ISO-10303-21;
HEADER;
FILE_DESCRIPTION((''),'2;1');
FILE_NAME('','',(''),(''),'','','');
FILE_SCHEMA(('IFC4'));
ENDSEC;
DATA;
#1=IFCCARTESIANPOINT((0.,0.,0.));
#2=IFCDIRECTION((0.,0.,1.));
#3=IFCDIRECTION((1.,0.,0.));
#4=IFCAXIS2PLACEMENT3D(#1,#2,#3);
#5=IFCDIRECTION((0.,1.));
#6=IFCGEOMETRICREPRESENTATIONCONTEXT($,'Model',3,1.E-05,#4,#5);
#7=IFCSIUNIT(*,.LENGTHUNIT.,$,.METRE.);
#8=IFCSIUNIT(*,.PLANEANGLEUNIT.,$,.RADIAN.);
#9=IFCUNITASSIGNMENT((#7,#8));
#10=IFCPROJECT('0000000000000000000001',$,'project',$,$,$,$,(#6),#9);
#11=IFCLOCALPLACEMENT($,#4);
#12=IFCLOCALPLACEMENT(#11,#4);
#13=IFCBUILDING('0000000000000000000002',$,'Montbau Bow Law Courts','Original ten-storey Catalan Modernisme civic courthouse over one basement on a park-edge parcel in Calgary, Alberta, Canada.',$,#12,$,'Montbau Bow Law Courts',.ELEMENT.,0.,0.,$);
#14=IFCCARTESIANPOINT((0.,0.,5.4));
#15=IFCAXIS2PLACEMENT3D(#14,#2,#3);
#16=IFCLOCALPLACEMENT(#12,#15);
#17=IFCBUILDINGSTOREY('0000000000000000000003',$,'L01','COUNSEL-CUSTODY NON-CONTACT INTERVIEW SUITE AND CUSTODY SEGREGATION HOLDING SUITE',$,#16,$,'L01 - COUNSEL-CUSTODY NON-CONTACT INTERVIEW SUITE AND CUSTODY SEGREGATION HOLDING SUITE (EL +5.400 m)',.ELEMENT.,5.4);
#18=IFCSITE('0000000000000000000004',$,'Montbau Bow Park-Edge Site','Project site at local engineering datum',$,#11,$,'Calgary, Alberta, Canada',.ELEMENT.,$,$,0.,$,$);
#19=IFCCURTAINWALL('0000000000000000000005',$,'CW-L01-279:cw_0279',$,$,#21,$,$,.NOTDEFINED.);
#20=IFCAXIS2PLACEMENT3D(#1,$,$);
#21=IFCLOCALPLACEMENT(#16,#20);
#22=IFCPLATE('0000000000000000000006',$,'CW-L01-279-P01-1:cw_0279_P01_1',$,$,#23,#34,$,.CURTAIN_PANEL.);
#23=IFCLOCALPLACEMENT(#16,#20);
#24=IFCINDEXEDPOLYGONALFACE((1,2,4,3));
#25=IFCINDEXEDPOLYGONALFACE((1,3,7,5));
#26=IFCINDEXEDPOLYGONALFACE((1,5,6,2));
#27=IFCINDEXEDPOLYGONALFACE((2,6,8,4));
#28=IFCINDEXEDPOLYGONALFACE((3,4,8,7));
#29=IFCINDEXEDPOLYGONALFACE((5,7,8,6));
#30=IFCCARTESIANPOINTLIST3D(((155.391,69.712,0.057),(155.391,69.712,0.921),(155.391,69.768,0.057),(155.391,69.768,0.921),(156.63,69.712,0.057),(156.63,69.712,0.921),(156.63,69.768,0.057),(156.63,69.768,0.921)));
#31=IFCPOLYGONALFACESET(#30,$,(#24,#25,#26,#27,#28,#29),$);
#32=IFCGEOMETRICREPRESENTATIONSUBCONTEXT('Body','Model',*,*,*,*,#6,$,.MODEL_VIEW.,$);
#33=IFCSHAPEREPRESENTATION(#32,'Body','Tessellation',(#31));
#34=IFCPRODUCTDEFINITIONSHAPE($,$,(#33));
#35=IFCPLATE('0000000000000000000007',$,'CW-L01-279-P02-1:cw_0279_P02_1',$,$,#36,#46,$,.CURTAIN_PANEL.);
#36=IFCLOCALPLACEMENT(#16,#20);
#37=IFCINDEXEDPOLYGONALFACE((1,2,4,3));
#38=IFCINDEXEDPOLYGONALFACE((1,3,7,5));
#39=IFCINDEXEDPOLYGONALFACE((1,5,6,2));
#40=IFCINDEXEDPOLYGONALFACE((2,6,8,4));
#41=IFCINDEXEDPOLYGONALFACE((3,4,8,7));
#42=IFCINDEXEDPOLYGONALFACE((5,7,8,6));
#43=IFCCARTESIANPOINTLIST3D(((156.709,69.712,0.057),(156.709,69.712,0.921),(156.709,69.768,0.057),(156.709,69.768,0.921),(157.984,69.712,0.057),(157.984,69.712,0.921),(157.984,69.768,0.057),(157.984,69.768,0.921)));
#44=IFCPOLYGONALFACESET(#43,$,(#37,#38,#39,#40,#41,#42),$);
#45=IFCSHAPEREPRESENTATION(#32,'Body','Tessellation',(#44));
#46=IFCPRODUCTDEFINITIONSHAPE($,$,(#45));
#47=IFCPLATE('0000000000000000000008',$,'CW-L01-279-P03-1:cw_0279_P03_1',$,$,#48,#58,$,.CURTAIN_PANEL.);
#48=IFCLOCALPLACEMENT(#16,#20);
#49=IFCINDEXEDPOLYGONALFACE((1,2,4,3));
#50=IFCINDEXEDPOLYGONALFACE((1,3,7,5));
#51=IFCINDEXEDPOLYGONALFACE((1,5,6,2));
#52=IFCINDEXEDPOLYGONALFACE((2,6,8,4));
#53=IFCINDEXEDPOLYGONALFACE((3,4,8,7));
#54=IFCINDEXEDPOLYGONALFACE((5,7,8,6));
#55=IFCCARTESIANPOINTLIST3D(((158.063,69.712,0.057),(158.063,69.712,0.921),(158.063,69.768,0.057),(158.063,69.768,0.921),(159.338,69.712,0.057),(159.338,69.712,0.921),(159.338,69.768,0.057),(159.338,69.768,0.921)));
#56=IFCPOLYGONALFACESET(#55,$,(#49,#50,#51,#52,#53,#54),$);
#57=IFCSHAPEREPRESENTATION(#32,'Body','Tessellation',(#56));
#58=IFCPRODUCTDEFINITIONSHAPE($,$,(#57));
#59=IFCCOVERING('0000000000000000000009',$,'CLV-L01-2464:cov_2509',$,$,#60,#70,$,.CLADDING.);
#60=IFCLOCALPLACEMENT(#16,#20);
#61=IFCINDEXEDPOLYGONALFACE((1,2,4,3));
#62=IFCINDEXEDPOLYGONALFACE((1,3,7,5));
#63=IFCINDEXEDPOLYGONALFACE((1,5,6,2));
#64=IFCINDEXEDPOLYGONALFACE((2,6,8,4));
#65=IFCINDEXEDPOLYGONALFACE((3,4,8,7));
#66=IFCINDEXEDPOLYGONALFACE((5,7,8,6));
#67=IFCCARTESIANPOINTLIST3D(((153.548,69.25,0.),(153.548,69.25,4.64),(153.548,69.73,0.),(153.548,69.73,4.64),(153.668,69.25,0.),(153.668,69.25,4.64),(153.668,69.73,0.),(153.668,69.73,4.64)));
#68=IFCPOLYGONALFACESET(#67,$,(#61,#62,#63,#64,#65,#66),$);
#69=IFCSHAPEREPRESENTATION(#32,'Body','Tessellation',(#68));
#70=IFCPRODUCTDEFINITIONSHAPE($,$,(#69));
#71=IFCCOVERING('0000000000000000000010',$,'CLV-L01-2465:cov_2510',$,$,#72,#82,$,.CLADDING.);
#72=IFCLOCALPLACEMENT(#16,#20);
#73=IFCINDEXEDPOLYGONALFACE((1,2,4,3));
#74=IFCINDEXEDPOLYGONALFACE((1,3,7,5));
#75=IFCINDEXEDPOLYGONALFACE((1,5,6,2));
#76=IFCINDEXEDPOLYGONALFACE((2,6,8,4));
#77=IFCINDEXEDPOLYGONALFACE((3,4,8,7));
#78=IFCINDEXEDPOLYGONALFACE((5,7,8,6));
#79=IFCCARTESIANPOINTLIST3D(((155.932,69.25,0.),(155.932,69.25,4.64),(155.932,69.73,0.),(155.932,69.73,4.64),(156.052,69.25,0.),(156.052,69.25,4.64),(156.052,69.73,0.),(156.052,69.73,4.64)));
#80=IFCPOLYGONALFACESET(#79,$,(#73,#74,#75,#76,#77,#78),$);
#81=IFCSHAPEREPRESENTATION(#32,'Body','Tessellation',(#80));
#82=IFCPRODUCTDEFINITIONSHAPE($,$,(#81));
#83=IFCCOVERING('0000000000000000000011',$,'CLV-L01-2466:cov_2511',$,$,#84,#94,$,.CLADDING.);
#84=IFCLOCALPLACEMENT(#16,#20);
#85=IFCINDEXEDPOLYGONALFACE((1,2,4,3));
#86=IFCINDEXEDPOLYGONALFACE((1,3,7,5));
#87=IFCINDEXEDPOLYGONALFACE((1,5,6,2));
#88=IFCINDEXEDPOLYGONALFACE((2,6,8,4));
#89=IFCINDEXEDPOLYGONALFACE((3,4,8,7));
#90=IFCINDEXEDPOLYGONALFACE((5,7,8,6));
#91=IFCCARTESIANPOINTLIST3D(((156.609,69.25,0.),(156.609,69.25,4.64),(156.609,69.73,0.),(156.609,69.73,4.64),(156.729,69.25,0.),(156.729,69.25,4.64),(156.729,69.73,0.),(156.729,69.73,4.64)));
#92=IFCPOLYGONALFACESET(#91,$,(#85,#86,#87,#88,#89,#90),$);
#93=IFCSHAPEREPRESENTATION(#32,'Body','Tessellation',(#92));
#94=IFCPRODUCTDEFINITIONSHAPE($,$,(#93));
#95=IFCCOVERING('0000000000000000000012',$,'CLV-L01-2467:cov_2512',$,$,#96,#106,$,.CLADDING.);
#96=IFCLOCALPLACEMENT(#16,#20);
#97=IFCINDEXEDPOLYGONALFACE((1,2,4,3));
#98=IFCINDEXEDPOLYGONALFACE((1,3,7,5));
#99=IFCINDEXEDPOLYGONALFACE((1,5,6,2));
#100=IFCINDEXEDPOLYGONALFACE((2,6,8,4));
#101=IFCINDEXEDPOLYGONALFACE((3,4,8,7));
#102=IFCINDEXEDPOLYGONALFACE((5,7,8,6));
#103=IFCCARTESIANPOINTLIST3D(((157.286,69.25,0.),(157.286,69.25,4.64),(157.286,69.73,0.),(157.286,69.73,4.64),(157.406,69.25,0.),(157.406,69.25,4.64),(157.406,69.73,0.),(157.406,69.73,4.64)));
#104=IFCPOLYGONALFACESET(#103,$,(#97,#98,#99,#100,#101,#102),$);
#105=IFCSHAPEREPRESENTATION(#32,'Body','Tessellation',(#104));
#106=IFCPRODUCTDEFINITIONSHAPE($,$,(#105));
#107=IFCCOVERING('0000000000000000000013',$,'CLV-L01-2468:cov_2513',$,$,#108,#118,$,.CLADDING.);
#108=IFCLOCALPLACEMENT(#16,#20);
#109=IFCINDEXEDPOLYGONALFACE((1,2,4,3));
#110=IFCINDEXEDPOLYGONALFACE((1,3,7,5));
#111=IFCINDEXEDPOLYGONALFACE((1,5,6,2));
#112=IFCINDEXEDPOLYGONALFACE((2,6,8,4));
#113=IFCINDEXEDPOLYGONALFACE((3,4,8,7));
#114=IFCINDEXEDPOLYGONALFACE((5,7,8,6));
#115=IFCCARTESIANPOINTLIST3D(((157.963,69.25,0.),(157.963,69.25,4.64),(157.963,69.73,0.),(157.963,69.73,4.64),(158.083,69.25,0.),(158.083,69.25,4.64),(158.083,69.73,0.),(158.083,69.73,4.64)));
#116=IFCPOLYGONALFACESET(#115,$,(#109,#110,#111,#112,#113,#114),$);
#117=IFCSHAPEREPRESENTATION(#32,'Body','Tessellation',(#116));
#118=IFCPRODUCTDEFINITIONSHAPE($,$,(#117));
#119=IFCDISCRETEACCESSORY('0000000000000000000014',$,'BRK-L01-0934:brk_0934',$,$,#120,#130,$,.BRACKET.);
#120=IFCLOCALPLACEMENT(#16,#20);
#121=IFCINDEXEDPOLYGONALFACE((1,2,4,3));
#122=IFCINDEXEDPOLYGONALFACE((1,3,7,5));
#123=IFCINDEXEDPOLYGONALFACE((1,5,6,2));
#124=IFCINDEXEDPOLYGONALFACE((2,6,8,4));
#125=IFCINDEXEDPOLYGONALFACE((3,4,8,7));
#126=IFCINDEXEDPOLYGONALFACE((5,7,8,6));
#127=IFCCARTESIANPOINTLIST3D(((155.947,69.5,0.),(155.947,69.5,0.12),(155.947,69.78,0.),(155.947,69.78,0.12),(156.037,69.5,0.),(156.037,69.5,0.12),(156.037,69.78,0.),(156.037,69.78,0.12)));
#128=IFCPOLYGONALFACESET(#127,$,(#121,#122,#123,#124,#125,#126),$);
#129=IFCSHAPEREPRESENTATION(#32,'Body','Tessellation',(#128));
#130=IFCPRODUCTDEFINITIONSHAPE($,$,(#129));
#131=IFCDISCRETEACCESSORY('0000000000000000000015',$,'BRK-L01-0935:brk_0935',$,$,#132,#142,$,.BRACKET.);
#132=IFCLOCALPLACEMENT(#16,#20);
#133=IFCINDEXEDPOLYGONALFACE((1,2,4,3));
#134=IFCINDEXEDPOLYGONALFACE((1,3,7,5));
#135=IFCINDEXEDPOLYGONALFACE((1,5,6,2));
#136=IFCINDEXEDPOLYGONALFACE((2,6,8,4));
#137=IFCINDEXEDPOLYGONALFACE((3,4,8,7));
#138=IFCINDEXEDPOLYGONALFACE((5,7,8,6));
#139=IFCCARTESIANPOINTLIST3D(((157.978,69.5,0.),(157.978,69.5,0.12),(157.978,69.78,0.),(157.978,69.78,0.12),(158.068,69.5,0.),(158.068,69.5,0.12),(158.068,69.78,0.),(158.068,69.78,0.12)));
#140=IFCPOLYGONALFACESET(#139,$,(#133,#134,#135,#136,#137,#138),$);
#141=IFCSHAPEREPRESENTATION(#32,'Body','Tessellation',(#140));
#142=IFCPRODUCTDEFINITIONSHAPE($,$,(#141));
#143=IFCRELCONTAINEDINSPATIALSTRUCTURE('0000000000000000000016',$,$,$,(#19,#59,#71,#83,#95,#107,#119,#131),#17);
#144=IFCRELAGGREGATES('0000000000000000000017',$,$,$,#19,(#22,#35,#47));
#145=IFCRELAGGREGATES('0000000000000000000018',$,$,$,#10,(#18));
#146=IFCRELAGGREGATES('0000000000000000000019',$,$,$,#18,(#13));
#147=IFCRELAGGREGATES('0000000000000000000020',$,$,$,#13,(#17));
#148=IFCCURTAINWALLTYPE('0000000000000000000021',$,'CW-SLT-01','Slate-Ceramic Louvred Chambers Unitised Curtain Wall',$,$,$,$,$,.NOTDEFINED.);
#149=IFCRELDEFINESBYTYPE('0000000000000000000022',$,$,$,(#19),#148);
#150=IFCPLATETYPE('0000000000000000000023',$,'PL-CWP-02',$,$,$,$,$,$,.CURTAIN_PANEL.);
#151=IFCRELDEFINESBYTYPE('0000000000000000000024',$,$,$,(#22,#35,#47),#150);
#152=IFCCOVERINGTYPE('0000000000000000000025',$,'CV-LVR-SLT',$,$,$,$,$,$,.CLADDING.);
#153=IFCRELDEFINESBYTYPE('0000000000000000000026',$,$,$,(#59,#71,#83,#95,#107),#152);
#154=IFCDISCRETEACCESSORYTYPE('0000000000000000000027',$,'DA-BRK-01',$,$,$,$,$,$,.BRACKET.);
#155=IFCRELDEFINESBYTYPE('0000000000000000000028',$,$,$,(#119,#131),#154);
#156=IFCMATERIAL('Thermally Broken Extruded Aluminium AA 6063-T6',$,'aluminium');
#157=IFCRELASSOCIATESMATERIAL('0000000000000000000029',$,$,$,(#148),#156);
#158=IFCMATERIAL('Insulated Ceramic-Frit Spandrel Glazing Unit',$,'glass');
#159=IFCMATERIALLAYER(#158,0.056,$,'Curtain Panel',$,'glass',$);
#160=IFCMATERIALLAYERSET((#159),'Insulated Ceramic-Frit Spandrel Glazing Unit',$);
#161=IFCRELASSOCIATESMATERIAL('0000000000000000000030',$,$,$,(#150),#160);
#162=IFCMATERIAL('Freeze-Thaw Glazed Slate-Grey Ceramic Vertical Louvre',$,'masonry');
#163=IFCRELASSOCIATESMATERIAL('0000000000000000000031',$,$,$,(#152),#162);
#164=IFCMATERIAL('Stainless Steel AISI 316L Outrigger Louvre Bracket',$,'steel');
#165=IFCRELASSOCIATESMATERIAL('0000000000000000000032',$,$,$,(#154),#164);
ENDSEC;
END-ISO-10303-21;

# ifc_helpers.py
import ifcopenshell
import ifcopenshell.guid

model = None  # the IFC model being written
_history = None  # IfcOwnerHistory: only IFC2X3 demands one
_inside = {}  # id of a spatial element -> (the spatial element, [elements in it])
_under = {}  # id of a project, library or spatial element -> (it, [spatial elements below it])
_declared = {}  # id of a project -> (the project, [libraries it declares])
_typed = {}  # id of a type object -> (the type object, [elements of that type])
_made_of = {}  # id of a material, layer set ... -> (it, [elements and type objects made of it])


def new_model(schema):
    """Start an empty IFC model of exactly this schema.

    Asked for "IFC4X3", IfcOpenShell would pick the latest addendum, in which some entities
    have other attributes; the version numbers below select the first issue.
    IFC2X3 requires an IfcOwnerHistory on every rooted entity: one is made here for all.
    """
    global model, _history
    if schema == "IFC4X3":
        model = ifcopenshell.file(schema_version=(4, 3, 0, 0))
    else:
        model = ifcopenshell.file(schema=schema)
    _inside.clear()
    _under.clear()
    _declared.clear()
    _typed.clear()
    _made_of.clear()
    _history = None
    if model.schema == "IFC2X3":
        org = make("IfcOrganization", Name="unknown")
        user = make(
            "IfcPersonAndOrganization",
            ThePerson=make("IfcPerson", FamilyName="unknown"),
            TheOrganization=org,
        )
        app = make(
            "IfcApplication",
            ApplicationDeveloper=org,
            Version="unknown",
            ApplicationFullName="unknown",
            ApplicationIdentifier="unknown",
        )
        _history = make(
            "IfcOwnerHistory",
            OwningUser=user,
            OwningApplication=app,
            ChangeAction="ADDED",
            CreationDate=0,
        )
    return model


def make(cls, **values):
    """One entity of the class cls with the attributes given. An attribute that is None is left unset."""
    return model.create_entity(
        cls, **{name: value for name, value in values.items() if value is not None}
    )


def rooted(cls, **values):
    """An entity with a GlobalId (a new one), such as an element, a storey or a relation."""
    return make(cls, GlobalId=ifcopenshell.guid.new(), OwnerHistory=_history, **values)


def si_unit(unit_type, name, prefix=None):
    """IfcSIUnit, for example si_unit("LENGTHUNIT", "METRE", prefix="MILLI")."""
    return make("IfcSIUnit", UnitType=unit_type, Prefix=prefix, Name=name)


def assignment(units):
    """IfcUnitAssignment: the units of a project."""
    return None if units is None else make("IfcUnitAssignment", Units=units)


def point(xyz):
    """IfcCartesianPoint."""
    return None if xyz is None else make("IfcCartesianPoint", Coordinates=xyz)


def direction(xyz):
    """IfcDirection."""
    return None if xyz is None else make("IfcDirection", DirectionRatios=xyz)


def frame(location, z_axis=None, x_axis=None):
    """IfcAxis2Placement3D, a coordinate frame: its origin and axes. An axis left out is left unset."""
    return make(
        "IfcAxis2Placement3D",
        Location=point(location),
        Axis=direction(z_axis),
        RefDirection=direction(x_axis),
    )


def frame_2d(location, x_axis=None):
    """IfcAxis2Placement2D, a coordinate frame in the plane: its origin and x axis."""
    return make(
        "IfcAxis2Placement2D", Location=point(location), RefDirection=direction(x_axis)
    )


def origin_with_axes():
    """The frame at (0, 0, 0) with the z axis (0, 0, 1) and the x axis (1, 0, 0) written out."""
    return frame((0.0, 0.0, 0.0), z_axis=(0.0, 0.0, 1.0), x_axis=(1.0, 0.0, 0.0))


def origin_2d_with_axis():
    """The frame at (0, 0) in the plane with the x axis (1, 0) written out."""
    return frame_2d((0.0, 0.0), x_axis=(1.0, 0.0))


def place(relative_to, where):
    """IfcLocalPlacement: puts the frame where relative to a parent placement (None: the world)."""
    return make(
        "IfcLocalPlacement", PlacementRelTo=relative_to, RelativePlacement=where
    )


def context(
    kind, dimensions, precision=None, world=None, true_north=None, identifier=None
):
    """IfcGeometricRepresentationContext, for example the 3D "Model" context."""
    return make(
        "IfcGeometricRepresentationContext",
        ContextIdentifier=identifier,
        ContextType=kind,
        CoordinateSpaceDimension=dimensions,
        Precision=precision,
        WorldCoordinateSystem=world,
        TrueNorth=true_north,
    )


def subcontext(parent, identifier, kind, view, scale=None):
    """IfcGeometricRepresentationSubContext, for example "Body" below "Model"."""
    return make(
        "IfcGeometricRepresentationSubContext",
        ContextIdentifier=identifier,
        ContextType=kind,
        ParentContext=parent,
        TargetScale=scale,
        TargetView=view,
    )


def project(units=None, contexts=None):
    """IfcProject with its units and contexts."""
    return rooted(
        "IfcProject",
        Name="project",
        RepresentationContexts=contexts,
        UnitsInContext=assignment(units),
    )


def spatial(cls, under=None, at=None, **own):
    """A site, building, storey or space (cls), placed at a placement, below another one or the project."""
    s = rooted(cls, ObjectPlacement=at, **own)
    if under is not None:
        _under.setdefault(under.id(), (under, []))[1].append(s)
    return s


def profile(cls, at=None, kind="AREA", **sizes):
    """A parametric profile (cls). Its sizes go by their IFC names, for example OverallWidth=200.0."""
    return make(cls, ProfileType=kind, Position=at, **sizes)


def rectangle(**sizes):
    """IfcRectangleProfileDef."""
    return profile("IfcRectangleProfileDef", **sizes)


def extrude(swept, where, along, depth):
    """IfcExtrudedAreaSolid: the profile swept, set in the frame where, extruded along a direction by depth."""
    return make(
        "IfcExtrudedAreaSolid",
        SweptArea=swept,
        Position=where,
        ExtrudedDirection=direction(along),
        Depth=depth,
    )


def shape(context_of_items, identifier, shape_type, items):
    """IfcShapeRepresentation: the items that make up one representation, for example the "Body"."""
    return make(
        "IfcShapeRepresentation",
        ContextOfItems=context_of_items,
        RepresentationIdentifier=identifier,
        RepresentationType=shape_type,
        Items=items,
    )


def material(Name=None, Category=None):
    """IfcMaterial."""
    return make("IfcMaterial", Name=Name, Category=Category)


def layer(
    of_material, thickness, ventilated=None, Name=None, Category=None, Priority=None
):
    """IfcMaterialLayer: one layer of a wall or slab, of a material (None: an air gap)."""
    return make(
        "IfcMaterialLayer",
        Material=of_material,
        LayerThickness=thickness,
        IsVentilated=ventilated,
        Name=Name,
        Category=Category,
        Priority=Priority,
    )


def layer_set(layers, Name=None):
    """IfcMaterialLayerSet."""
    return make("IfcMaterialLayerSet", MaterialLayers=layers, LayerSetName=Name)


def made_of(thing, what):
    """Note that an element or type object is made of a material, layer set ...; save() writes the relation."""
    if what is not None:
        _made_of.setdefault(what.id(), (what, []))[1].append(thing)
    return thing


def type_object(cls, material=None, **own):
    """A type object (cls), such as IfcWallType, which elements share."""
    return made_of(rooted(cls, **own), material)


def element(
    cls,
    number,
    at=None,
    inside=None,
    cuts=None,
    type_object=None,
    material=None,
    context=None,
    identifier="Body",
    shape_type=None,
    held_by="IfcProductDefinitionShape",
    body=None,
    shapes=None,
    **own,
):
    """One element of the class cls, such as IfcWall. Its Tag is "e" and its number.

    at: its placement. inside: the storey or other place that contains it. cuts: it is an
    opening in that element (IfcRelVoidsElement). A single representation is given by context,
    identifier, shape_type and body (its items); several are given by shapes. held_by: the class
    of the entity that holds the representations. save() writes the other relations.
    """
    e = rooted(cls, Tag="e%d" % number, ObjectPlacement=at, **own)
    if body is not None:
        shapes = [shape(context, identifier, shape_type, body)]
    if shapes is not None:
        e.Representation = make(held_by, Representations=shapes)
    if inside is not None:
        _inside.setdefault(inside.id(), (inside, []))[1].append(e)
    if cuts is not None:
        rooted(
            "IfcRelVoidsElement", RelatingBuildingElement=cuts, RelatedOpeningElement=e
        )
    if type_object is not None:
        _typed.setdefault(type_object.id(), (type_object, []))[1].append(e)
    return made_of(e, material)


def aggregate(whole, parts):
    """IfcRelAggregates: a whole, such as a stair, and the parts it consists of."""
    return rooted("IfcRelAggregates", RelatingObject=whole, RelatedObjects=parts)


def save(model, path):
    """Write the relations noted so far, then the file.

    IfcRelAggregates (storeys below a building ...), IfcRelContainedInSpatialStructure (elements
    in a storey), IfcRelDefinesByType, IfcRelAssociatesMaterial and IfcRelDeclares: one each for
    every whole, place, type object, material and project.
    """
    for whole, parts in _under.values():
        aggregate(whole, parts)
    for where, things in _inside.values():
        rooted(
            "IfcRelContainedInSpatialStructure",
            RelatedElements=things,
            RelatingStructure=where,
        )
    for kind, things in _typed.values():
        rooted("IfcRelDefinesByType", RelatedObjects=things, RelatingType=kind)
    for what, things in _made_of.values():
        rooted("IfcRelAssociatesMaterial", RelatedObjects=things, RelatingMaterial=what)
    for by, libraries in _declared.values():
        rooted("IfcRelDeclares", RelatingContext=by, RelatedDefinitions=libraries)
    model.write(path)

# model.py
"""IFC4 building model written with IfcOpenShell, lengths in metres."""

from ifc_helpers import new_model, si_unit, direction, frame, frame_2d, origin_with_axes, origin_2d_with_axis, place, context, subcontext, project, spatial, rectangle, extrude, material, layer, layer_set, type_object, element, aggregate, save


model = new_model("IFC4")

# Units and contexts
model_context = context("Model", 3, precision=1e-05, world=origin_with_axes(), true_north=direction((0.0, 1.0)))
body_context = subcontext(model_context, "Body", "Model", "MODEL_VIEW")
ifc_project = project(units=[si_unit("LENGTHUNIT", "METRE"), si_unit("PLANEANGLEUNIT", "RADIAN")], contexts=[model_context])

# Site, building, storey
site_placement = place(None, origin_with_axes())
site = spatial("IfcSite", under=ifc_project, at=site_placement, Name="Montbau Bow Park-Edge Site", Description="Project site at local engineering datum", LongName="Calgary, Alberta, Canada", CompositionType="ELEMENT", RefElevation=0.0)
building_placement = place(site_placement, origin_with_axes())
building = spatial("IfcBuilding", under=site, at=building_placement, Name="Montbau Bow Law Courts", Description="Original ten-storey Catalan Modernisme civic courthouse over one basement on a park-edge parcel in Calgary, Alberta, Canada.", LongName="Montbau Bow Law Courts", CompositionType="ELEMENT", ElevationOfRefHeight=0.0, ElevationOfTerrain=0.0)
storey_placement = place(building_placement, frame((0.0, 0.0, 5.4), z_axis=(0.0, 0.0, 1.0), x_axis=(1.0, 0.0, 0.0)))
storey = spatial("IfcBuildingStorey", under=building, at=storey_placement, Name="L01", Description="COUNSEL-CUSTODY NON-CONTACT INTERVIEW SUITE AND CUSTODY SEGREGATION HOLDING SUITE", LongName="L01 - COUNSEL-CUSTODY NON-CONTACT INTERVIEW SUITE AND CUSTODY SEGREGATION HOLDING SUITE (EL +5.400 m)", CompositionType="ELEMENT", Elevation=5.4)

# Curtain wall
ifc_material_1 = material(Name="Thermally Broken Extruded Aluminium AA 6063-T6", Category="aluminium")
curtain_wall_type = type_object("IfcCurtainWallType", Name="CW-SLT-01", Description="Slate-Ceramic Louvred Chambers Unitised Curtain Wall", PredefinedType="NOTDEFINED", material=ifc_material_1)
curtain_wall_1_placement = place(None, frame((155.315, 69.74, 5.4), z_axis=(0.0, 0.0, 1.0), x_axis=(1.0, 0.0, 0.0)))
curtain_wall_1 = element("IfcCurtainWall", 1, at=curtain_wall_1_placement, inside=storey, type_object=curtain_wall_type, Name="CW-L01-279:cw_0279", PredefinedType="NOTDEFINED")

# Plates
ifc_material_2 = material(Name="Insulated Ceramic-Frit Spandrel Glazing Unit", Category="glass")
ifc_layer_1 = layer(ifc_material_2, 0.056, Name="Curtain Panel", Category="glass")
ifc_layer_set_1 = layer_set([ifc_layer_1], Name="Insulated Ceramic-Frit Spandrel Glazing Unit")
plate_type_1 = type_object("IfcPlateType", Name="PL-CWP-02", PredefinedType="CURTAIN_PANEL", material=ifc_layer_set_1)
plate_1_placement = place(None, frame((155.391, 69.74, 5.457), z_axis=(0.0, -1.0, 0.0), x_axis=(1.0, 0.0, 0.0)))
plate_1 = element("IfcPlate", 2, at=plate_1_placement, type_object=plate_type_1, Name="CW-L01-279-P01-1:cw_0279_P01_1", PredefinedType="CURTAIN_PANEL", context=body_context, shape_type="SweptSolid", body=[
    extrude(rectangle(XDim=1.239, YDim=0.864, at=frame_2d((0.6195, 0.432), x_axis=(1.0, 0.0))), frame((0.0, 0.0, -0.028), z_axis=(0.0, 0.0, 1.0), x_axis=(1.0, 0.0, 0.0)), (0.0, 0.0, 1.0), 0.056),
])
plate_2_placement = place(None, frame((156.709, 69.74, 5.457), z_axis=(0.0, -1.0, 0.0), x_axis=(1.0, 0.0, 0.0)))
plate_2 = element("IfcPlate", 3, at=plate_2_placement, type_object=plate_type_1, Name="CW-L01-279-P02-1:cw_0279_P02_1", PredefinedType="CURTAIN_PANEL", context=body_context, shape_type="SweptSolid", body=[
    extrude(rectangle(XDim=1.275, YDim=0.864, at=frame_2d((0.6375, 0.432), x_axis=(1.0, 0.0))), frame((0.0, 0.0, -0.028), z_axis=(0.0, 0.0, 1.0), x_axis=(1.0, 0.0, 0.0)), (0.0, 0.0, 1.0), 0.056),
])
plate_3_placement = place(None, frame((158.063, 69.74, 5.457), z_axis=(0.0, -1.0, 0.0), x_axis=(1.0, 0.0, 0.0)))
plate_3 = element("IfcPlate", 4, at=plate_3_placement, type_object=plate_type_1, Name="CW-L01-279-P03-1:cw_0279_P03_1", PredefinedType="CURTAIN_PANEL", context=body_context, shape_type="SweptSolid", body=[
    extrude(rectangle(XDim=1.275, YDim=0.864, at=frame_2d((0.6375, 0.432), x_axis=(1.0, 0.0))), frame((0.0, 0.0, -0.028), z_axis=(0.0, 0.0, 1.0), x_axis=(1.0, 0.0, 0.0)), (0.0, 0.0, 1.0), 0.056),
])
aggregate(curtain_wall_1, [plate_1, plate_2, plate_3])

# Coverings
ifc_material_3 = material(Name="Freeze-Thaw Glazed Slate-Grey Ceramic Vertical Louvre", Category="masonry")
covering_type = type_object("IfcCoveringType", Name="CV-LVR-SLT", PredefinedType="CLADDING", material=ifc_material_3)
for number, where, z_axis, x_axis, name in (
    (5, (153.608, 69.73, 5.4), (-1.0, 0.0, 0.0), (0.0, -1.0, 0.0), "CLV-L01-2464:cov_2509"),
    (6, (155.992, 69.73, 5.4), (-1.0, 0.0, 0.0), (0.0, -1.0, 0.0), "CLV-L01-2465:cov_2510"),
    (7, (156.669, 69.73, 5.4), (-1.0, 0.0, 0.0), (0.0, -1.0, 0.0), "CLV-L01-2466:cov_2511"),
    (8, (157.346, 69.73, 5.4), (-1.0, 0.0, 0.0), (0.0, -1.0, 0.0), "CLV-L01-2467:cov_2512"),
    (9, (158.023, 69.73, 5.4), (-1.0, 0.0, 0.0), (0.0, -1.0, 0.0), "CLV-L01-2468:cov_2513"),
):
    element("IfcCovering", number, at=place(None, frame(where, z_axis=z_axis, x_axis=x_axis)), inside=storey, type_object=covering_type, Name=name, PredefinedType="CLADDING", context=body_context, shape_type="SweptSolid", body=[
        extrude(rectangle(XDim=0.48, YDim=4.64, at=frame_2d((0.24, 2.32), x_axis=(1.0, 0.0))), frame((0.0, 0.0, -0.06), z_axis=(0.0, 0.0, 1.0), x_axis=(1.0, 0.0, 0.0)), (0.0, 0.0, 1.0), 0.12),
    ])

# Discrete accessories
ifc_material_4 = material(Name="Stainless Steel AISI 316L Outrigger Louvre Bracket", Category="steel")
discrete_accessory_type = type_object("IfcDiscreteAccessoryType", Name="DA-BRK-01", PredefinedType="BRACKET", material=ifc_material_4)
for number, where, z_axis, x_axis, name in (
    (10, (155.992, 69.64, 5.4), (0.0, 0.0, 1.0), (0.0, -1.0, 0.0), "BRK-L01-0934:brk_0934"),
    (11, (158.023, 69.64, 5.4), (0.0, 0.0, 1.0), (0.0, -1.0, 0.0), "BRK-L01-0935:brk_0935"),
):
    element("IfcDiscreteAccessory", number, at=place(None, frame(where, z_axis=z_axis, x_axis=x_axis)), inside=storey, type_object=discrete_accessory_type, Name=name, PredefinedType="BRACKET", context=body_context, shape_type="SweptSolid", body=[
        extrude(rectangle(XDim=0.28, YDim=0.09, at=origin_2d_with_axis()), origin_with_axes(), (0.0, 0.0, 1.0), 0.12),
    ])

save(model, "model.ifc")
